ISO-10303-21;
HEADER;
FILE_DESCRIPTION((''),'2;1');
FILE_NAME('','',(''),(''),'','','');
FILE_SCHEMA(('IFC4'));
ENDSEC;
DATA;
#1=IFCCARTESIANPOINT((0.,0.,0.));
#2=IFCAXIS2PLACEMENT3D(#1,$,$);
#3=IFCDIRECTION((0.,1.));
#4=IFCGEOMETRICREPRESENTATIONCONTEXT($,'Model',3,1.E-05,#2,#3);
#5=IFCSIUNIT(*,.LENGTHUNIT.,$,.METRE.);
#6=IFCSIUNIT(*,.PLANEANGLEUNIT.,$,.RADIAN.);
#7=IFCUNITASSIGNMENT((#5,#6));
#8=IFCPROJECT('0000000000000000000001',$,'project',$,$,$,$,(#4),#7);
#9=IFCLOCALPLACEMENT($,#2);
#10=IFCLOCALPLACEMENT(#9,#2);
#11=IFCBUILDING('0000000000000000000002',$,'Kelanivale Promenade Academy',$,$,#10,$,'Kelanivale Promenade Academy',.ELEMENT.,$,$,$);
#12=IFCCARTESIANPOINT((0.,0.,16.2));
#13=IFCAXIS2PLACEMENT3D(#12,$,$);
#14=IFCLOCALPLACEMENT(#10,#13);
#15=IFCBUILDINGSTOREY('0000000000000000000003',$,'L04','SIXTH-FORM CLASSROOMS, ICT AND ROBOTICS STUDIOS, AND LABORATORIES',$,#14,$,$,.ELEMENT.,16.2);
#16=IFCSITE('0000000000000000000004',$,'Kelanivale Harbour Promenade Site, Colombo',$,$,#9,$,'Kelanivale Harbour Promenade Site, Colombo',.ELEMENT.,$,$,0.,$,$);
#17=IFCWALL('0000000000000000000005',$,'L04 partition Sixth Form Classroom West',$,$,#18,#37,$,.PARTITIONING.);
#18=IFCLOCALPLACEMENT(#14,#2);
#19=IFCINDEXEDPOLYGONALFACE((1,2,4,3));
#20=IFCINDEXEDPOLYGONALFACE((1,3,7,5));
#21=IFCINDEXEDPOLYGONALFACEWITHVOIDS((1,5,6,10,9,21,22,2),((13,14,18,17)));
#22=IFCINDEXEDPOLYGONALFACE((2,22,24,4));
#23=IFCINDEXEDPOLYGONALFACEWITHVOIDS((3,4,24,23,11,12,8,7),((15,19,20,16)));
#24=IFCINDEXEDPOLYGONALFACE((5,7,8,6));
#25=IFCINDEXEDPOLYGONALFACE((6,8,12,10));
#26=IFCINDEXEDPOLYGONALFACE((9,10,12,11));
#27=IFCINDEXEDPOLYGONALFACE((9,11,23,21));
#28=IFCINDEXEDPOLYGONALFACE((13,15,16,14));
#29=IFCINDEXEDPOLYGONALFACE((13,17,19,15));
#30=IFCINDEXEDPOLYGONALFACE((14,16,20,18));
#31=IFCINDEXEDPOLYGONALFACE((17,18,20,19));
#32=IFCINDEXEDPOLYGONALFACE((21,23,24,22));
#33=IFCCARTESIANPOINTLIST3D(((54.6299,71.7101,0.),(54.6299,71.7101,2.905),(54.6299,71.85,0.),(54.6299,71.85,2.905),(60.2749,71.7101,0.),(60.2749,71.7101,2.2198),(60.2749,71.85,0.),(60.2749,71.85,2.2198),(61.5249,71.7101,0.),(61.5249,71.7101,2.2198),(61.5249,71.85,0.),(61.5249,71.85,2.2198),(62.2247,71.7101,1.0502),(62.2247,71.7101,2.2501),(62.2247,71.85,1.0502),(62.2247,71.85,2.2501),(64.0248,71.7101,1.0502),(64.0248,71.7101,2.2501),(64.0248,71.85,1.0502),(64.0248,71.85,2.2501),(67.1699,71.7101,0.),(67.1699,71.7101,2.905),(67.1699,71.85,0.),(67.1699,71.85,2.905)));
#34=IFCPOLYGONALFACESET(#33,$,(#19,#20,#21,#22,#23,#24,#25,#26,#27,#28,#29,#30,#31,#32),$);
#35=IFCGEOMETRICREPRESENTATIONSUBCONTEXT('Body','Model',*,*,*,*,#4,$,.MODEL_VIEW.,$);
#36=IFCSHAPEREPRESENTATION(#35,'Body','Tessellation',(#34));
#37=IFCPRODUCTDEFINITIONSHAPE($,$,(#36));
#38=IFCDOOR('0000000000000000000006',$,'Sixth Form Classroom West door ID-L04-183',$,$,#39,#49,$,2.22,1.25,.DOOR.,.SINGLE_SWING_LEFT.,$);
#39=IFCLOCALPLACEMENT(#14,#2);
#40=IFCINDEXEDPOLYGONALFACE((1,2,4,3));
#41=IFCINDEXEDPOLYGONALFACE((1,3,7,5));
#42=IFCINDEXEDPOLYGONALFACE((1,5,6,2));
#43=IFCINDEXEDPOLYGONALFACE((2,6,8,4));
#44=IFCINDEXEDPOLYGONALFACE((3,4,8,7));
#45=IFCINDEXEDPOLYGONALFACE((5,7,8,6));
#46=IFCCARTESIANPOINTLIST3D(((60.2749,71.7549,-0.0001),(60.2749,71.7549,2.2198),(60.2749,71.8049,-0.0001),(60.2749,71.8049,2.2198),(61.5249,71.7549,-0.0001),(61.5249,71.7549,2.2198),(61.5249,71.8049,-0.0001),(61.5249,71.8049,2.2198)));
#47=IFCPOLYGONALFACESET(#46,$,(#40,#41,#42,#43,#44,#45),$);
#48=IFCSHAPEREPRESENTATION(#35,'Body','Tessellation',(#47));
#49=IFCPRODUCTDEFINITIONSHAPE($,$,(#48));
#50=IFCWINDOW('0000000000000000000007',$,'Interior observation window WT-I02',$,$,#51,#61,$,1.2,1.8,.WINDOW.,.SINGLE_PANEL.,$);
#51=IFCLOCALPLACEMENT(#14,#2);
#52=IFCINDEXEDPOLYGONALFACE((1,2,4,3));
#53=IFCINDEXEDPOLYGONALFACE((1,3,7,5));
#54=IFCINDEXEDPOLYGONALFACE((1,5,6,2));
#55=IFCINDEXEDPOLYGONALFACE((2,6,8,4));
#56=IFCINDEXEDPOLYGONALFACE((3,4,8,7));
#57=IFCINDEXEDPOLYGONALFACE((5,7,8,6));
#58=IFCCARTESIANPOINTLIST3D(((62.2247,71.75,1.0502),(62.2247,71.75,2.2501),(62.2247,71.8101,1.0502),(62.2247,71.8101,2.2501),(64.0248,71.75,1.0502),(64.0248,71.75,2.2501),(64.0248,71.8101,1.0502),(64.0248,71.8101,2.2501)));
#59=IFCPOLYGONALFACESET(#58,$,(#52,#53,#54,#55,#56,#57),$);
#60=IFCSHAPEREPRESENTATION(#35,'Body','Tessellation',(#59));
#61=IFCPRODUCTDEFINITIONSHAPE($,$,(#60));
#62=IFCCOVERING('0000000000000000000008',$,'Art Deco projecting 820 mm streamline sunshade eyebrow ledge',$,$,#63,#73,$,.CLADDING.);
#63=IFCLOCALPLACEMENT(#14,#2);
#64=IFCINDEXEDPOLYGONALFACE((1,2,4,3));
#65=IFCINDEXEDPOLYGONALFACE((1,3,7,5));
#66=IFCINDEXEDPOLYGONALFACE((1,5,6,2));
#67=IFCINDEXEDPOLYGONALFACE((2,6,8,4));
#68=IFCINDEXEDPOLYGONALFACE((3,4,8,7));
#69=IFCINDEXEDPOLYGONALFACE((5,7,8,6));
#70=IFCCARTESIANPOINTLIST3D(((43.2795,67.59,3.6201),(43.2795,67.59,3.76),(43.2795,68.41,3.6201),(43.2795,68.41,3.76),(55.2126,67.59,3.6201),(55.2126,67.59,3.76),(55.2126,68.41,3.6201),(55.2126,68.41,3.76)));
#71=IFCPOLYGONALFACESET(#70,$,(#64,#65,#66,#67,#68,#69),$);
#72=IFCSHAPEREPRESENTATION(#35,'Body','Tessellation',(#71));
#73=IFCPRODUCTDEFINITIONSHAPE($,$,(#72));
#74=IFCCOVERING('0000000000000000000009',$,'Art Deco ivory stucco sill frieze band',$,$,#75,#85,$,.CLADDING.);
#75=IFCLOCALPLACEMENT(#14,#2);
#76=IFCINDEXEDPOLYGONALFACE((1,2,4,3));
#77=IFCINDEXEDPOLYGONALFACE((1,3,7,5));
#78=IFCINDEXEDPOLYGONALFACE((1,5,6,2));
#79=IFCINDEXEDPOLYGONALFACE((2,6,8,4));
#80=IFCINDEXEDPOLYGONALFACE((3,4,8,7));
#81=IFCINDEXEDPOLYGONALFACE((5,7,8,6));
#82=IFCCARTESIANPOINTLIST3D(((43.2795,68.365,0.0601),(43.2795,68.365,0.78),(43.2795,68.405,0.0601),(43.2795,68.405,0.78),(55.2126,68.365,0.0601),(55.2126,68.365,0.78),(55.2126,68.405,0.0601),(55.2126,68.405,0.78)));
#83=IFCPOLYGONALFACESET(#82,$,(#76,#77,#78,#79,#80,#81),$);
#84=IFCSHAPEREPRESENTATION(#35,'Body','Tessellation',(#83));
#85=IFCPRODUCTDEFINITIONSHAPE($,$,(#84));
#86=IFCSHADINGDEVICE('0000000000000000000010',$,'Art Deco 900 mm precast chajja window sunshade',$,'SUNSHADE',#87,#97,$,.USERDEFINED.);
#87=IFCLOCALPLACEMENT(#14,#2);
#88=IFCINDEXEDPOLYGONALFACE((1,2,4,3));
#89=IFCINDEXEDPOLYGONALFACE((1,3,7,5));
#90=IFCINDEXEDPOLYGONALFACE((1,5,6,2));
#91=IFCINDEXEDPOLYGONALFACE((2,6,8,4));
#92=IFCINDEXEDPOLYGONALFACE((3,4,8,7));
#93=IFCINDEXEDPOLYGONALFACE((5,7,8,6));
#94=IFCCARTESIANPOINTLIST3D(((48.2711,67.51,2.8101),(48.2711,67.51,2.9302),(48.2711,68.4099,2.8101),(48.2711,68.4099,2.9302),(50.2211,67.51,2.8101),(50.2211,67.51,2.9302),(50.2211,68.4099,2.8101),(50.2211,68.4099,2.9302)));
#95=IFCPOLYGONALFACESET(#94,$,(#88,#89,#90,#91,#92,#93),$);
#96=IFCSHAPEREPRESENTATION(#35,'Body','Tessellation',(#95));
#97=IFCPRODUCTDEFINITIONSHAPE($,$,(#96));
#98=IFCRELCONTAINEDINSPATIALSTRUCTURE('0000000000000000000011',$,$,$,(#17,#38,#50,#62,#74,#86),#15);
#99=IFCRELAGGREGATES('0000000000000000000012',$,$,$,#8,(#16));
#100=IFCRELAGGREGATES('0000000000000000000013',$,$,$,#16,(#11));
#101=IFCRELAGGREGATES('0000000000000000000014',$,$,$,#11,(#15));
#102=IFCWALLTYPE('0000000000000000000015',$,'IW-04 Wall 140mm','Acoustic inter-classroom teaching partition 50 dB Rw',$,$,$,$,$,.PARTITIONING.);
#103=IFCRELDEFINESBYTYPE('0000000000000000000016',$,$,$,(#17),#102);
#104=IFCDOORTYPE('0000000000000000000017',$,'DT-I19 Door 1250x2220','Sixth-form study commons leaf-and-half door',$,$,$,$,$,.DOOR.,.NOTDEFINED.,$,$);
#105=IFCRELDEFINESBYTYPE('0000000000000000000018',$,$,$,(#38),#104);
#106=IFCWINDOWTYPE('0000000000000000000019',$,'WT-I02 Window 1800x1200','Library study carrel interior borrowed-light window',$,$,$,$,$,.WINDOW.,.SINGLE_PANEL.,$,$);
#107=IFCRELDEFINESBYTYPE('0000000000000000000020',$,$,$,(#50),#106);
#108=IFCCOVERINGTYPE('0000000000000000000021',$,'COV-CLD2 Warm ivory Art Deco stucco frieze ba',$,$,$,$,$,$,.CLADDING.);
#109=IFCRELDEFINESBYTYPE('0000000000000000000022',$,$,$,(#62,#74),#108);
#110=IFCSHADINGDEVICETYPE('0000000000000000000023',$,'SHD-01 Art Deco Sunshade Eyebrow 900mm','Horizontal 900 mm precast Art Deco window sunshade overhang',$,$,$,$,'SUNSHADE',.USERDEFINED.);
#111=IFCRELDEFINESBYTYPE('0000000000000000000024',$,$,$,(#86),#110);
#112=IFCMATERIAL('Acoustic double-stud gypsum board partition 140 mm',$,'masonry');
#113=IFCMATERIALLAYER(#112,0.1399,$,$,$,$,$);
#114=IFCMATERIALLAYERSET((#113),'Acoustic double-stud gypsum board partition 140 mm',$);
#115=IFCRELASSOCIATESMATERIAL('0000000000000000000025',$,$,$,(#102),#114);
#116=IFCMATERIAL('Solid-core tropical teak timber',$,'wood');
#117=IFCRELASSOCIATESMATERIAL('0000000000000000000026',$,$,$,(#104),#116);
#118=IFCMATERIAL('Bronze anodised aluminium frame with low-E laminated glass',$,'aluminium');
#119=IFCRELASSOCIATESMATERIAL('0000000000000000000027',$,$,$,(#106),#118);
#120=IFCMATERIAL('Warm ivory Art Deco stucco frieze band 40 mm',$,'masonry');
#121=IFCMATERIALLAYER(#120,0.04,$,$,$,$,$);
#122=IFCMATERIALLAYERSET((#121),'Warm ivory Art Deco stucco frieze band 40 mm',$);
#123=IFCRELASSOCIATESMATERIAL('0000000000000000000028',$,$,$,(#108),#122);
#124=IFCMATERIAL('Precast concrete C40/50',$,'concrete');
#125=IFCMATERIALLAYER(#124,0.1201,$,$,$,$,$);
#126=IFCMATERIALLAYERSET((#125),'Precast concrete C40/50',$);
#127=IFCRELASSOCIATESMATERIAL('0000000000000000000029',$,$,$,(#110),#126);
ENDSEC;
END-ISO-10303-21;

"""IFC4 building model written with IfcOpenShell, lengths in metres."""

from ifc_helpers import new_model, si_unit, direction, frame, frame_2d, origin, origin_2d, place, context, subcontext, project, spatial, rectangle, extrude, material, layer, layer_set, type_object, element, fill, save


model = new_model("IFC4")

# Units and contexts
model_context = context("Model", 3, precision=1e-05, world=origin(), true_north=direction((0.0, 1.0)))
body_context = subcontext(model_context, "Body", "Model", "MODEL_VIEW")
ifc_project = project(units=[si_unit("LENGTHUNIT", "METRE"), si_unit("PLANEANGLEUNIT", "RADIAN")], contexts=[model_context])

# Site, building, storey
site_placement = place(None, origin())
site = spatial("IfcSite", under=ifc_project, at=site_placement, Name="Kelanivale Harbour Promenade Site, Colombo", LongName="Kelanivale Harbour Promenade Site, Colombo", CompositionType="ELEMENT", RefElevation=0.0)
building_placement = place(site_placement, origin())
building = spatial("IfcBuilding", under=site, at=building_placement, Name="Kelanivale Promenade Academy", LongName="Kelanivale Promenade Academy", CompositionType="ELEMENT")
storey_placement = place(building_placement, frame((0.0, 0.0, 16.2)))
storey = spatial("IfcBuildingStorey", under=building, at=storey_placement, Name="L04", Description="SIXTH-FORM CLASSROOMS, ICT AND ROBOTICS STUDIOS, AND LABORATORIES", CompositionType="ELEMENT", Elevation=16.2)

# Shared definitions
ifc_material_1 = material(Name="Bronze anodised aluminium frame with low-E laminated glass", Category="aluminium")

# Shared definitions
ifc_material_2 = material(Name="Acoustic double-stud gypsum board partition 140 mm", Category="masonry")
ifc_layer_1 = layer(ifc_material_2, 0.1399)
ifc_layer_set_1 = layer_set([ifc_layer_1], Name="Acoustic double-stud gypsum board partition 140 mm")
wall_type_1 = type_object("IfcWallType", Name="IW-04 Wall 140mm", Description="Acoustic inter-classroom teaching partition 50 dB Rw", PredefinedType="PARTITIONING", material=ifc_layer_set_1)
ifc_material_3 = material(Name="Solid-core tropical teak timber", Category="wood")

# Wall, openings, door, window
wall_1_placement = place(storey_placement, frame((54.6299, 71.78, 0.0), z_axis=(0.0, 0.0, 1.0), x_axis=(1.0, 0.0, 0.0)))
wall_1 = element("IfcWall", 1, at=wall_1_placement, inside=storey, type_object=wall_type_1, Name="L04 partition Sixth Form Classroom West", PredefinedType="PARTITIONING", context=body_context, shape_type="SweptSolid", body=[
    extrude(rectangle(XDim=12.54, YDim=0.1399, at=frame_2d((6.27, 0.0))), origin(), (0.0, 0.0, 1.0), 2.905),
])
opening_1_placement = place(wall_1_placement, frame((5.645, 0.0, 0.0)))
opening_1 = element("IfcOpeningElement", 2, at=opening_1_placement, cuts=wall_1, PredefinedType="OPENING", context=body_context, shape_type="SweptSolid", body=[
    extrude(rectangle(XDim=1.25, YDim=2.22, at=frame_2d((0.625, 1.1099))), frame((0.0, 0.0801, 0.0), z_axis=(0.0, -1.0, 0.0), x_axis=(1.0, 0.0, 0.0)), (0.0, 0.0, 1.0), 0.1599),
])
opening_2_placement = place(wall_1_placement, frame((7.595, 0.0, 1.05)))
opening_2 = element("IfcOpeningElement", 3, at=opening_2_placement, cuts=wall_1, PredefinedType="OPENING", context=body_context, shape_type="SweptSolid", body=[
    extrude(rectangle(XDim=1.8, YDim=1.2, at=frame_2d((0.8999, 0.6001))), frame((0.0, 0.0801, 0.0), z_axis=(0.0, -1.0, 0.0), x_axis=(1.0, 0.0, 0.0)), (0.0, 0.0, 1.0), 0.1599),
])
door_type_1 = type_object("IfcDoorType", Name="DT-I19 Door 1250x2220", Description="Sixth-form study commons leaf-and-half door", OperationType="NOTDEFINED", PredefinedType="DOOR", material=ifc_material_3)
door_1_placement = place(opening_1_placement, origin())
door_1 = element("IfcDoor", 4, at=door_1_placement, inside=storey, type_object=door_type_1, Name="Sixth Form Classroom West door ID-L04-183", OperationType="SINGLE_SWING_LEFT", OverallHeight=2.22, OverallWidth=1.25, PredefinedType="DOOR", context=body_context, shape_type="SweptSolid", body=[
    extrude(rectangle(XDim=1.25, YDim=2.22, at=frame_2d((0.625, 1.1099))), frame((0.0, 0.0249, 0.0), z_axis=(0.0, -1.0, 0.0), x_axis=(1.0, 0.0, 0.0)), (0.0, 0.0, 1.0), 0.05),
])
fill(opening_1, door_1)
window_type_1 = type_object("IfcWindowType", Name="WT-I02 Window 1800x1200", Description="Library study carrel interior borrowed-light window", PartitioningType="SINGLE_PANEL", PredefinedType="WINDOW", material=ifc_material_1)
window_1_placement = place(opening_2_placement, origin())
window_1 = element("IfcWindow", 5, at=window_1_placement, inside=storey, type_object=window_type_1, Name="Interior observation window WT-I02", OverallHeight=1.2, OverallWidth=1.8, PartitioningType="SINGLE_PANEL", PredefinedType="WINDOW", context=body_context, shape_type="SweptSolid", body=[
    extrude(rectangle(XDim=1.8, YDim=1.2, at=frame_2d((0.8999, 0.6001))), frame((0.0, 0.03, 0.0), z_axis=(0.0, -1.0, 0.0), x_axis=(1.0, 0.0, 0.0)), (0.0, 0.0, 1.0), 0.0601),
])
fill(opening_2, window_1)

# Coverings
ifc_material_4 = material(Name="Warm ivory Art Deco stucco frieze band 40 mm", Category="masonry")
ifc_layer_2 = layer(ifc_material_4, 0.04)
ifc_layer_set_2 = layer_set([ifc_layer_2], Name="Warm ivory Art Deco stucco frieze band 40 mm")
covering_type = type_object("IfcCoveringType", Name="COV-CLD2 Warm ivory Art Deco stucco frieze ba", PredefinedType="CLADDING", material=ifc_layer_set_2)
covering_1_placement = place(storey_placement, frame((49.2461, 68.0, 3.6201), z_axis=(0.0, 0.0, 1.0), x_axis=(1.0, 0.0, 0.0)))
element("IfcCovering", 6, at=covering_1_placement, inside=storey, type_object=covering_type, Name="Art Deco projecting 820 mm streamline sunshade eyebrow ledge", PredefinedType="CLADDING", context=body_context, shape_type="SweptSolid", body=[
    extrude(rectangle(XDim=11.9331, YDim=0.8201, at=origin_2d()), origin(), (0.0, 0.0, 1.0), 0.1399),
])
covering_2_placement = place(storey_placement, frame((49.2461, 68.385, 0.0601), z_axis=(0.0, 0.0, 1.0), x_axis=(1.0, 0.0, 0.0)))
element("IfcCovering", 7, at=covering_2_placement, inside=storey, type_object=covering_type, Name="Art Deco ivory stucco sill frieze band", PredefinedType="CLADDING", context=body_context, shape_type="SweptSolid", body=[
    extrude(rectangle(XDim=11.9331, YDim=0.04, at=origin_2d()), origin(), (0.0, 0.0, 1.0), 0.72),
])

# Shading device
ifc_material_5 = material(Name="Precast concrete C40/50", Category="concrete")
ifc_layer_3 = layer(ifc_material_5, 0.1201)
ifc_layer_set_3 = layer_set([ifc_layer_3], Name="Precast concrete C40/50")
shading_device_type = type_object("IfcShadingDeviceType", Name="SHD-01 Art Deco Sunshade Eyebrow 900mm", Description="Horizontal 900 mm precast Art Deco window sunshade overhang", ElementType="SUNSHADE", PredefinedType="USERDEFINED", material=ifc_layer_set_3)
shading_device_placement = place(storey_placement, frame((49.2461, 67.96, 2.8101), z_axis=(0.0, 0.0, 1.0), x_axis=(1.0, 0.0, 0.0)))
element("IfcShadingDevice", 8, at=shading_device_placement, inside=storey, type_object=shading_device_type, Name="Art Deco 900 mm precast chajja window sunshade", ObjectType="SUNSHADE", PredefinedType="USERDEFINED", context=body_context, shape_type="SweptSolid", body=[
    extrude(rectangle(XDim=1.95, YDim=0.8999, at=origin_2d()), origin(), (0.0, 0.0, 1.0), 0.1201),
])

save(model, "model.ifc")
